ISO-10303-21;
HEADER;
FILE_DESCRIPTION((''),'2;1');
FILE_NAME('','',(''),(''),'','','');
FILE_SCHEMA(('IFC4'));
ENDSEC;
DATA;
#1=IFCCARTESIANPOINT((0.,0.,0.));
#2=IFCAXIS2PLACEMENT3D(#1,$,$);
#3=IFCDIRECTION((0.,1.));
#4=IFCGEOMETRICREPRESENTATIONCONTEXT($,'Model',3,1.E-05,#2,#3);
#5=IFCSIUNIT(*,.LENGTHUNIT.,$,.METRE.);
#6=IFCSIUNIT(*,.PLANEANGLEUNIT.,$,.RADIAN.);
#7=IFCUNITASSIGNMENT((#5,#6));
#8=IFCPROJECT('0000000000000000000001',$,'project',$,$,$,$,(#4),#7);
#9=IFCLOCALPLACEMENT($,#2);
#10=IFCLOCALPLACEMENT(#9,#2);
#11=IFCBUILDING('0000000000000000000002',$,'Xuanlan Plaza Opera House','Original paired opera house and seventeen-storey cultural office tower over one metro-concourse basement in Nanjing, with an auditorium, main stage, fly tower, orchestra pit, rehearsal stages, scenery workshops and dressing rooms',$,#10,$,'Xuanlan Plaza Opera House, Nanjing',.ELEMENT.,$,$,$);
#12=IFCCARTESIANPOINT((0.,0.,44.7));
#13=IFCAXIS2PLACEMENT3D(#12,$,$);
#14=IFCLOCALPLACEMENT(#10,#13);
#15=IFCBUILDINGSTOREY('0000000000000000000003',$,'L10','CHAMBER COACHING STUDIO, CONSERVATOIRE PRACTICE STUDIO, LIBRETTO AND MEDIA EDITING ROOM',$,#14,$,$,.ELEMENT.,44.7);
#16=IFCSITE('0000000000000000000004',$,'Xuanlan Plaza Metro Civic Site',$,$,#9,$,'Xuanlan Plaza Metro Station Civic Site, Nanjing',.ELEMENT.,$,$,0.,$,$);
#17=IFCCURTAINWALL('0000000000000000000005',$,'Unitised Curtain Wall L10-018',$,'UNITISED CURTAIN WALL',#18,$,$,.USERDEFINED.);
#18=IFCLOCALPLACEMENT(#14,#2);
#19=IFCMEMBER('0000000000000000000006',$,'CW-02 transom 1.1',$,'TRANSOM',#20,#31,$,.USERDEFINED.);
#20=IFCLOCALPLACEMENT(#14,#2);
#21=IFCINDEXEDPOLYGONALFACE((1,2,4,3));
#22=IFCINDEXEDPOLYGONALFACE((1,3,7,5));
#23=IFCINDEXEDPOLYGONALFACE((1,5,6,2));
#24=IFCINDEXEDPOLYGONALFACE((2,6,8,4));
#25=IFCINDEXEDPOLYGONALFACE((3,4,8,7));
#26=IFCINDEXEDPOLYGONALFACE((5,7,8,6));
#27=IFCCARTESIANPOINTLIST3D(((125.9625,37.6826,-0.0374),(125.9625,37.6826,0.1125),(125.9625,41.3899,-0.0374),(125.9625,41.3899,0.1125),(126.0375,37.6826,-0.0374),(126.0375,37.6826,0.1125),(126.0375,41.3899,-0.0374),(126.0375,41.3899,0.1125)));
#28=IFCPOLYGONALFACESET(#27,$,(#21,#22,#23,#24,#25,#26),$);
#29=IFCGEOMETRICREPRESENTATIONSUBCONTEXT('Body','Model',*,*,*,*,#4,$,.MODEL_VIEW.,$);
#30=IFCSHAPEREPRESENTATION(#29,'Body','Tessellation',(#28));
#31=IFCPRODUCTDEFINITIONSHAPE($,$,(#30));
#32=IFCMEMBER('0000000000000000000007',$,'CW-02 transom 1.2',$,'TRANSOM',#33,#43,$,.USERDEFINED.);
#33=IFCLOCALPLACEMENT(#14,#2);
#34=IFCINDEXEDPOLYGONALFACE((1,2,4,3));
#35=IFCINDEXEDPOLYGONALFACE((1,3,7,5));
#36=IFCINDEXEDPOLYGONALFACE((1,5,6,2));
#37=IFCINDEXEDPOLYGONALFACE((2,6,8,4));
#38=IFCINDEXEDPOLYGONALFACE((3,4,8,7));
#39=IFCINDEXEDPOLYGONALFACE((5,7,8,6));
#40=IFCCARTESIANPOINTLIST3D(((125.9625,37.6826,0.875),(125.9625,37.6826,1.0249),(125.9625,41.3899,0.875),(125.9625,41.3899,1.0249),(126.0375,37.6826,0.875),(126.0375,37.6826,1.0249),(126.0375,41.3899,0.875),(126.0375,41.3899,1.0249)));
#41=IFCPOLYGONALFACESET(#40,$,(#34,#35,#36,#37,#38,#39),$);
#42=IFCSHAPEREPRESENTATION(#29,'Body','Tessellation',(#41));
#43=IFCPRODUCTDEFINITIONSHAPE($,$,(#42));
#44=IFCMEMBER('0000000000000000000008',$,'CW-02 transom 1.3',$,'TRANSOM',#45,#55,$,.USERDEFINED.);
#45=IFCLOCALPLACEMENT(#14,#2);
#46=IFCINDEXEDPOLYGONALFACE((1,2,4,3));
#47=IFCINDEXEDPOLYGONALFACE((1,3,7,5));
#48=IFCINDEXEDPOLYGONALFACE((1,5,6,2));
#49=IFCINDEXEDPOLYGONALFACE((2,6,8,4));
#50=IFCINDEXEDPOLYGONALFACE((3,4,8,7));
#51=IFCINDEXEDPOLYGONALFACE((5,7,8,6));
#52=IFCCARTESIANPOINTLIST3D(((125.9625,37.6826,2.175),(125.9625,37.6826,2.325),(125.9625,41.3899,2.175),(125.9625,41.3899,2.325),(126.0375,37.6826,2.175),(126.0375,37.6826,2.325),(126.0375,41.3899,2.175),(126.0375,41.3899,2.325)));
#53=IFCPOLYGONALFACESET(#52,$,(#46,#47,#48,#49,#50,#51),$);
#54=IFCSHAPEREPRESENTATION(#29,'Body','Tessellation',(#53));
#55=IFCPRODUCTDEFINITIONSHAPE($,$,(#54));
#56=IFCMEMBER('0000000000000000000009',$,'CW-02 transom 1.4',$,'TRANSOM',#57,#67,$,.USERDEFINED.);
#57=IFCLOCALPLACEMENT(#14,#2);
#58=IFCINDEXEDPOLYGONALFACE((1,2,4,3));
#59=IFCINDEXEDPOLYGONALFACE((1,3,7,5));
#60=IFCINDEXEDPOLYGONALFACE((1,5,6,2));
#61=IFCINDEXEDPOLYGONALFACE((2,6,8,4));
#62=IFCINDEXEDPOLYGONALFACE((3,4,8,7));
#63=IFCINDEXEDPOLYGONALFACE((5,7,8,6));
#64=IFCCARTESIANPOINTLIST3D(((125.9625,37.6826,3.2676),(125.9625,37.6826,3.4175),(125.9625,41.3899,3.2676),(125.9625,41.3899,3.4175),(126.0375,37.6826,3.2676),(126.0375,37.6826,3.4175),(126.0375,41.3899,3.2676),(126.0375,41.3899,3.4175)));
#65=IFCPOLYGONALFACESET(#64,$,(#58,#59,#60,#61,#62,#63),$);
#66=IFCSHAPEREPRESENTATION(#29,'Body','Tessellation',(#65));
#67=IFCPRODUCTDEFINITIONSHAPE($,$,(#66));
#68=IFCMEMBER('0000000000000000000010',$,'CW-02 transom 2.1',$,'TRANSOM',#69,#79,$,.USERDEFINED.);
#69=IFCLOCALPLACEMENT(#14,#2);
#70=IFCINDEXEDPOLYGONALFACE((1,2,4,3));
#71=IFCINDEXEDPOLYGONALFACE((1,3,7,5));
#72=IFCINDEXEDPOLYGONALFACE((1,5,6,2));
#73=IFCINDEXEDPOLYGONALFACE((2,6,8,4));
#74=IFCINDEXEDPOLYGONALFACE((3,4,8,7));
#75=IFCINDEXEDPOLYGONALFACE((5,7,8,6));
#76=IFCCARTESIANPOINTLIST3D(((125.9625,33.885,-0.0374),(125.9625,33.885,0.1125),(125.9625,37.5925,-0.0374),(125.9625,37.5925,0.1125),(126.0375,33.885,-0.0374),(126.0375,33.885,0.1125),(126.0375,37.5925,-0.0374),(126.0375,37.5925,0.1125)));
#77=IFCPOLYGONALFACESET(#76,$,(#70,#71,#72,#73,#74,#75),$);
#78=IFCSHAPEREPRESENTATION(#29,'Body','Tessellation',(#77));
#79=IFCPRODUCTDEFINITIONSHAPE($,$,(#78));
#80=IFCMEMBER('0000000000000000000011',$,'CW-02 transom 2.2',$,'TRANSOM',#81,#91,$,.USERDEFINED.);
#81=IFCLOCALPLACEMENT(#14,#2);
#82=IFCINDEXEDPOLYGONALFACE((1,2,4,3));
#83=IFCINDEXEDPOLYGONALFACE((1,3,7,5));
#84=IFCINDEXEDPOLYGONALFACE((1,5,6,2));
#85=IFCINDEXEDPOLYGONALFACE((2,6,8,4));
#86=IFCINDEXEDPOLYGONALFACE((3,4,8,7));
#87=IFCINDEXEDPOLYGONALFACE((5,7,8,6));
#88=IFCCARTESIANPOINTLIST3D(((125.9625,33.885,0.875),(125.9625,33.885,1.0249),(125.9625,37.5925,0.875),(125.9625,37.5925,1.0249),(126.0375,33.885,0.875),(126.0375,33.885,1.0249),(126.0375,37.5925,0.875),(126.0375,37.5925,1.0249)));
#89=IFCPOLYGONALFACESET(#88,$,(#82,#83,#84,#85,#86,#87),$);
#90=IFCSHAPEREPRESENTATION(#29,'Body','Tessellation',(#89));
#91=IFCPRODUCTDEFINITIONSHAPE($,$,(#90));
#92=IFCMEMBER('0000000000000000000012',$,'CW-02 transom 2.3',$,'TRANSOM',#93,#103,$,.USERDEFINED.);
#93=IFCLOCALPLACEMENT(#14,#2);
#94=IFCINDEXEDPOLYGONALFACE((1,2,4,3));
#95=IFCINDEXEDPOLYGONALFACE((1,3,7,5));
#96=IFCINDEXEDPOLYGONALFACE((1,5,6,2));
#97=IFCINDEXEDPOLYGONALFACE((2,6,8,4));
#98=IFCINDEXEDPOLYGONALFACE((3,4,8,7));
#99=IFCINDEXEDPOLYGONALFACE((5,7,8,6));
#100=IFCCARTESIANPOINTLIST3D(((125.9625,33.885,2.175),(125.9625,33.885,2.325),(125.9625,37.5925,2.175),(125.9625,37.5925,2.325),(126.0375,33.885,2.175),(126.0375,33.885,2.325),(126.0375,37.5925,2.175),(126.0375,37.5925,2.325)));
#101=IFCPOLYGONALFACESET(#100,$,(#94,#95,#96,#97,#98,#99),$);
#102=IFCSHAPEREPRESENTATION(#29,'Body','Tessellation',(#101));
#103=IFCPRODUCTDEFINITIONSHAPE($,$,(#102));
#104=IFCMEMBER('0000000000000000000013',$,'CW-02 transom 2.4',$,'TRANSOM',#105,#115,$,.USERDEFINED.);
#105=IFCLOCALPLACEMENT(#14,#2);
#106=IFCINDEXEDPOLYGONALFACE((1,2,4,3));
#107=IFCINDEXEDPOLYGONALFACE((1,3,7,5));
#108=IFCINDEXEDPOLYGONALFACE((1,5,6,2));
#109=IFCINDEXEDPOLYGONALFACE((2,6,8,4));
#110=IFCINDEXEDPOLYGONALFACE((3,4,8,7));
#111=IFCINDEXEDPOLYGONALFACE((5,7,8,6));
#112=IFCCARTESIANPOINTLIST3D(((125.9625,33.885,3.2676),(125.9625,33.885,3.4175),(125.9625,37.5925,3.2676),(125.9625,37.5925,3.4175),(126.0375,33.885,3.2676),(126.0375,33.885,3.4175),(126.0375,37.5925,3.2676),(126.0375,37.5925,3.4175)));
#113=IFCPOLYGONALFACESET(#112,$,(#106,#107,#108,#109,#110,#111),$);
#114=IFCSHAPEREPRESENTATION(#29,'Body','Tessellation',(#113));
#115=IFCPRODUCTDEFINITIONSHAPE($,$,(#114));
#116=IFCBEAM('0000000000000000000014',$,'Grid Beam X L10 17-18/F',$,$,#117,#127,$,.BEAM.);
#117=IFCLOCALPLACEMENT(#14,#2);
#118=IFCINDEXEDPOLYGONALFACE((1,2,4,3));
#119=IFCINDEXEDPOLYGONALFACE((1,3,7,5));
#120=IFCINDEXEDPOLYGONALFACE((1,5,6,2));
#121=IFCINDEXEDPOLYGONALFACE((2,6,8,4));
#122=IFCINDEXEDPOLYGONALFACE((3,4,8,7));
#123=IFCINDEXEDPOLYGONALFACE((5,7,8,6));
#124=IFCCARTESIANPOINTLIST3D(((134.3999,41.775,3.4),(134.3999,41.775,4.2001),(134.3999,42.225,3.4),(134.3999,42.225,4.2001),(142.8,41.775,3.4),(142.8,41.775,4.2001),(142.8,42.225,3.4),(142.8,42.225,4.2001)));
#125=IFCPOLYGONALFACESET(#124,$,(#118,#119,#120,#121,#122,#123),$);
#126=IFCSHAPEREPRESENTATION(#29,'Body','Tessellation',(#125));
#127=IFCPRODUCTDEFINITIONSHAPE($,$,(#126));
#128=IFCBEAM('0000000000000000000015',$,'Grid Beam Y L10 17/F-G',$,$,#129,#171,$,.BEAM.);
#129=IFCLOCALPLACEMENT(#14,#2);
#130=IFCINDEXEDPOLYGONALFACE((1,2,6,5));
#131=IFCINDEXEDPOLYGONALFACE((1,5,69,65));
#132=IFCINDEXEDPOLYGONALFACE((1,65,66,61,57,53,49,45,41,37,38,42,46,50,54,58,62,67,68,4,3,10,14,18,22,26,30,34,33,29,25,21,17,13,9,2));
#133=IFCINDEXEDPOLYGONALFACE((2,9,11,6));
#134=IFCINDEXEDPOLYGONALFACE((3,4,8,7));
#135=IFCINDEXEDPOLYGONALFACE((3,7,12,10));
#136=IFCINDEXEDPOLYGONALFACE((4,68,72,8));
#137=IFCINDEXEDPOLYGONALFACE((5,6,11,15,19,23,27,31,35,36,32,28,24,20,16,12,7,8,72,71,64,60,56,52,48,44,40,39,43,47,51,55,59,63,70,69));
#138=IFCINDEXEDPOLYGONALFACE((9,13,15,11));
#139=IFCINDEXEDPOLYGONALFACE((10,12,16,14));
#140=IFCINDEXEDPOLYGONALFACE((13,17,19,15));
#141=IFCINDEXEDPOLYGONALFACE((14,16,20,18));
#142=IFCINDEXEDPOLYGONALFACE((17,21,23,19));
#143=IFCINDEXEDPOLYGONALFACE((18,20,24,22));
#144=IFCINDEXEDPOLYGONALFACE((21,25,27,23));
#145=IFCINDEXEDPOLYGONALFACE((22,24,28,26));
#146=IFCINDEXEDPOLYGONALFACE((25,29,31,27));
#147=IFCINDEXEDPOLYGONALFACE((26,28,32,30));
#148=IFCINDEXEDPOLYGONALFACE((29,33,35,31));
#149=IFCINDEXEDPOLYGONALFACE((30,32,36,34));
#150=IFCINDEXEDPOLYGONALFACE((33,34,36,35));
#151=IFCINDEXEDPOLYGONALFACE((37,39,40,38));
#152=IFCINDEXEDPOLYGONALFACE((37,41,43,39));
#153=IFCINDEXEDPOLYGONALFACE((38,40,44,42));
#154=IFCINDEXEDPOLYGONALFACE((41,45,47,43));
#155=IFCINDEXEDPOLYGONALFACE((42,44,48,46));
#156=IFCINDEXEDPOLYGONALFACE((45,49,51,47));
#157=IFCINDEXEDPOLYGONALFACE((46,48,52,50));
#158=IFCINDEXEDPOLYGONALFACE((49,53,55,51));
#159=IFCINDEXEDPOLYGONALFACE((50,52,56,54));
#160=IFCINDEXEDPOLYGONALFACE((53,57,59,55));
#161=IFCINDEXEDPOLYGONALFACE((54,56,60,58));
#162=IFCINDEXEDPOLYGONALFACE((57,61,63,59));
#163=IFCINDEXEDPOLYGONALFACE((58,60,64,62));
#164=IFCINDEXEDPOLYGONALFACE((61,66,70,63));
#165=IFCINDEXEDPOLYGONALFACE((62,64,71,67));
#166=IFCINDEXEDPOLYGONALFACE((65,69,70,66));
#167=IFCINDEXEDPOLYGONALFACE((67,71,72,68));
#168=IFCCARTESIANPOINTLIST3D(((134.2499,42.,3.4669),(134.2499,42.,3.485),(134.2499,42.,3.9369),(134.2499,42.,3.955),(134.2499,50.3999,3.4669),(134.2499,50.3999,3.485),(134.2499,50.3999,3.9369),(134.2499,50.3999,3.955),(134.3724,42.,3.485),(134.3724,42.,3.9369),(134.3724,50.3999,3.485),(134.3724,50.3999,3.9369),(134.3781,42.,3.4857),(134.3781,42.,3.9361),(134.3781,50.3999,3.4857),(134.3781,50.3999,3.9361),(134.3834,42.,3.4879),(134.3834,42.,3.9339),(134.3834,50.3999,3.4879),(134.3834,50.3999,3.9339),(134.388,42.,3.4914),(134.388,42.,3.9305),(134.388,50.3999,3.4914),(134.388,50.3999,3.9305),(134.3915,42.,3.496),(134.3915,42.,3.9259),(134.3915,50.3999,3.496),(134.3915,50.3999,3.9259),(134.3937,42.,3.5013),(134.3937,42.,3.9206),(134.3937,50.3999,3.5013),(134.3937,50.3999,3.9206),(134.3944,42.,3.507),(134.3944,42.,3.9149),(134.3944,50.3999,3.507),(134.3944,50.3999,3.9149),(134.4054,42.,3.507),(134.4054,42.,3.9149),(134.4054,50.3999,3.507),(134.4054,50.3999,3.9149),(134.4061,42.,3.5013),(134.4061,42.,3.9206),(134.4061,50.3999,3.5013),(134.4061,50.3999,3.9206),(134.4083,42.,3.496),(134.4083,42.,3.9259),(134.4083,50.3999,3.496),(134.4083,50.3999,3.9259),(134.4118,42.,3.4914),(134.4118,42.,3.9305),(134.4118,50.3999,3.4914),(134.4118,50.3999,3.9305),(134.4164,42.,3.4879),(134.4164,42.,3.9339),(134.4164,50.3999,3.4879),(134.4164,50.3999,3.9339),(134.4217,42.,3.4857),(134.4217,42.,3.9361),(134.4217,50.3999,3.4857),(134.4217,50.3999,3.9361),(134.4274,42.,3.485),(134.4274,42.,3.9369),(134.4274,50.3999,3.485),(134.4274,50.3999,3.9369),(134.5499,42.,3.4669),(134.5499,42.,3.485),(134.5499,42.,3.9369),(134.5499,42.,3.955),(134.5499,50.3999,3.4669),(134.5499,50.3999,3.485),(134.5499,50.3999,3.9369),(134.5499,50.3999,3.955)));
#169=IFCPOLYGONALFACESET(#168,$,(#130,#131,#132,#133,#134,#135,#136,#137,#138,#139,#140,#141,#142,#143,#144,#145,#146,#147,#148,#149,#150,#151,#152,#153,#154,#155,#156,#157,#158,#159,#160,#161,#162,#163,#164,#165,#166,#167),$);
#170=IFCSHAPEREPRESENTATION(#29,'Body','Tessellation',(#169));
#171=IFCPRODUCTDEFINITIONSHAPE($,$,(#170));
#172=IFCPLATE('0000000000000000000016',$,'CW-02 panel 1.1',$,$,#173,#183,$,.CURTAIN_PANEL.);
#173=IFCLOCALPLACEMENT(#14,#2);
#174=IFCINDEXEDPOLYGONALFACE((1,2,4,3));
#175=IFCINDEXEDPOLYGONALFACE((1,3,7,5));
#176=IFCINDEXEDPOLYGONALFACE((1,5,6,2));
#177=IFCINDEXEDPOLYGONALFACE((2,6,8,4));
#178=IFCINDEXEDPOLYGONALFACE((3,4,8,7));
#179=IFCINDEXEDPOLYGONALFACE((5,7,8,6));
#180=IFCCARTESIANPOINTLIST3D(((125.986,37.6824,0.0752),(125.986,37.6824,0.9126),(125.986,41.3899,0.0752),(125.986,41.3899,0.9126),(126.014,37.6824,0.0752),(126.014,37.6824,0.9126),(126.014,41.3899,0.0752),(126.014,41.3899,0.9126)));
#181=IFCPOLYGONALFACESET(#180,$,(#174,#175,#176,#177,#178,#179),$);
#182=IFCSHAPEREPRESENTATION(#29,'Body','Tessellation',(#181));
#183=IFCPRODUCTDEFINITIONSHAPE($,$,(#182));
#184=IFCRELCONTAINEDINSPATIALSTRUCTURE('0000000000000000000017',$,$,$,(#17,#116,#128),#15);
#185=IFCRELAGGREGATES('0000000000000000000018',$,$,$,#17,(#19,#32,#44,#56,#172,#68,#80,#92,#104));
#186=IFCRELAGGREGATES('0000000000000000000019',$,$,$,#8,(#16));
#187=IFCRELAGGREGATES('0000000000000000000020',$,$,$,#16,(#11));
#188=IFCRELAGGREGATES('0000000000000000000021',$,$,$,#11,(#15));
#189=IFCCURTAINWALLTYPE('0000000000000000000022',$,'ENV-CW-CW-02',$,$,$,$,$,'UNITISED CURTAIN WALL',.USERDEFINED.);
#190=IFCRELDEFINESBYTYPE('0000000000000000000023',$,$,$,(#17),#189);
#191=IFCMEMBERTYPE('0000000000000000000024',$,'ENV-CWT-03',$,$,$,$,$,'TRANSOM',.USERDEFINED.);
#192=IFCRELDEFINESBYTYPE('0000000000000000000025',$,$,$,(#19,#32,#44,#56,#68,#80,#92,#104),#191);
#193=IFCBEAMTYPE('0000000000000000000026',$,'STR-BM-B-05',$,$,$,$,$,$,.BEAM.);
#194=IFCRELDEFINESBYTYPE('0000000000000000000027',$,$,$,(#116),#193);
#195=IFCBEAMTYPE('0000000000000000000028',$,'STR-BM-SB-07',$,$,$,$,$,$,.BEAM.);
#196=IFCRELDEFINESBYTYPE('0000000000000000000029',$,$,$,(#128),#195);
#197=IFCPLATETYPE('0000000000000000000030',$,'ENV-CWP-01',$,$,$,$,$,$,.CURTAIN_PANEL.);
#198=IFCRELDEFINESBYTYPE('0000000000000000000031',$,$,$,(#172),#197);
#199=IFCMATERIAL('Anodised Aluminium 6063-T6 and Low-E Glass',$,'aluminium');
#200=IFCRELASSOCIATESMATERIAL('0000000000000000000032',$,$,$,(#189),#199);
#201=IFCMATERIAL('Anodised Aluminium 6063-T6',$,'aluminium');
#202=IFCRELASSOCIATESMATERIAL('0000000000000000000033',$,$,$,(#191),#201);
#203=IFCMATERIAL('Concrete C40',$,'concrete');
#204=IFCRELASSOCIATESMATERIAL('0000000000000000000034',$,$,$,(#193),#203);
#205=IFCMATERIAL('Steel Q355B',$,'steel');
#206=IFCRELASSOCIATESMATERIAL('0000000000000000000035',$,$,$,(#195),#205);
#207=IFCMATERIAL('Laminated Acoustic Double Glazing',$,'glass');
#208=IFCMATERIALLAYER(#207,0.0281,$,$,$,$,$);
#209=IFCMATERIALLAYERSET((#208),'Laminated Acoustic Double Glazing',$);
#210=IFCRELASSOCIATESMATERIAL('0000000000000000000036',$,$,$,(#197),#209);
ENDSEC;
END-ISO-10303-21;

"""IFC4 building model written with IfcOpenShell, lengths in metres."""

from ifc_helpers import new_model, si_unit, direction, frame, origin, origin_2d, place, context, subcontext, project, spatial, rectangle, i_section, extrude, material, layer, layer_set, material_profile, profile_set, type_object, element, aggregate, save


model = new_model("IFC4")

# Units and contexts
model_context = context("Model", 3, precision=1e-05, world=origin(), true_north=direction((0.0, 1.0)))
body_context = subcontext(model_context, "Body", "Model", "MODEL_VIEW")
ifc_project = project(units=[si_unit("LENGTHUNIT", "METRE"), si_unit("PLANEANGLEUNIT", "RADIAN")], contexts=[model_context])

# Site, building, storey
site_placement = place(None, origin())
site = spatial("IfcSite", under=ifc_project, at=site_placement, Name="Xuanlan Plaza Metro Civic Site", LongName="Xuanlan Plaza Metro Station Civic Site, Nanjing", CompositionType="ELEMENT", RefElevation=0.0)
building_placement = place(site_placement, origin())
building = spatial("IfcBuilding", under=site, at=building_placement, Name="Xuanlan Plaza Opera House", Description="Original paired opera house and seventeen-storey cultural office tower over one metro-concourse basement in Nanjing, with an auditorium, main stage, fly tower, orchestra pit, rehearsal stages, scenery workshops and dressing rooms", LongName="Xuanlan Plaza Opera House, Nanjing", CompositionType="ELEMENT")
storey_placement = place(building_placement, frame((0.0, 0.0, 44.7)))
storey = spatial("IfcBuildingStorey", under=building, at=storey_placement, Name="L10", Description="CHAMBER COACHING STUDIO, CONSERVATOIRE PRACTICE STUDIO, LIBRETTO AND MEDIA EDITING ROOM", CompositionType="ELEMENT", Elevation=44.7)

# Shared definitions
ifc_material_1 = material(Name="Steel Q355B", Category="steel")

# Curtain wall
ifc_material_2 = material(Name="Anodised Aluminium 6063-T6 and Low-E Glass", Category="aluminium")
ifc_material_3 = material(Name="Anodised Aluminium 6063-T6", Category="aluminium")
curtain_wall_type_1 = type_object("IfcCurtainWallType", Name="ENV-CW-CW-02", ElementType="UNITISED CURTAIN WALL", PredefinedType="USERDEFINED", material=ifc_material_2)
curtain_wall_1_placement = place(storey_placement, origin())
curtain_wall_1 = element("IfcCurtainWall", 1, at=curtain_wall_1_placement, inside=storey, type_object=curtain_wall_type_1, Name="Unitised Curtain Wall L10-018", ObjectType="UNITISED CURTAIN WALL", PredefinedType="USERDEFINED")

# Members
ifc_material_profile_1 = material_profile(ifc_material_3, rectangle(XDim=0.075, YDim=0.1499, at=origin_2d()), Name="ALU-T 75x150")
ifc_profile_set_1 = profile_set([ifc_material_profile_1], Name="Anodised Aluminium 6063-T6")
member_type_1 = type_object("IfcMemberType", Name="ENV-CWT-03", ElementType="TRANSOM", PredefinedType="USERDEFINED", material=ifc_profile_set_1)
member_1_placement = place(storey_placement, frame((126.0, 41.3899, 0.0376), z_axis=(0.0, -1.0, 0.0), x_axis=(1.0, 0.0, 0.0)))
member_1 = element("IfcMember", 2, at=member_1_placement, type_object=member_type_1, Name="CW-02 transom 1.1", ObjectType="TRANSOM", PredefinedType="USERDEFINED", context=body_context, shape_type="SweptSolid", body=[
    extrude(rectangle(XDim=0.075, YDim=0.1499, at=origin_2d()), origin(), (0.0, 0.0, 1.0), 3.7073),
])
member_2_placement = place(storey_placement, frame((126.0, 41.3899, 0.95), z_axis=(0.0, -1.0, 0.0), x_axis=(1.0, 0.0, 0.0)))
member_2 = element("IfcMember", 3, at=member_2_placement, type_object=member_type_1, Name="CW-02 transom 1.2", ObjectType="TRANSOM", PredefinedType="USERDEFINED", context=body_context, shape_type="SweptSolid", body=[
    extrude(rectangle(XDim=0.075, YDim=0.1499, at=origin_2d()), origin(), (0.0, 0.0, 1.0), 3.7073),
])
member_3_placement = place(storey_placement, frame((126.0, 41.3899, 2.25), z_axis=(0.0, -1.0, 0.0), x_axis=(1.0, 0.0, 0.0)))
member_3 = element("IfcMember", 4, at=member_3_placement, type_object=member_type_1, Name="CW-02 transom 1.3", ObjectType="TRANSOM", PredefinedType="USERDEFINED", context=body_context, shape_type="SweptSolid", body=[
    extrude(rectangle(XDim=0.075, YDim=0.1499, at=origin_2d()), origin(), (0.0, 0.0, 1.0), 3.7073),
])
member_4_placement = place(storey_placement, frame((126.0, 41.3899, 3.3425), z_axis=(0.0, -1.0, 0.0), x_axis=(1.0, 0.0, 0.0)))
member_4 = element("IfcMember", 5, at=member_4_placement, type_object=member_type_1, Name="CW-02 transom 1.4", ObjectType="TRANSOM", PredefinedType="USERDEFINED", context=body_context, shape_type="SweptSolid", body=[
    extrude(rectangle(XDim=0.075, YDim=0.1499, at=origin_2d()), origin(), (0.0, 0.0, 1.0), 3.7073),
])
member_5_placement = place(storey_placement, frame((126.0, 37.5925, 0.0376), z_axis=(0.0, -1.0, 0.0), x_axis=(1.0, 0.0, 0.0)))
member_5 = element("IfcMember", 6, at=member_5_placement, type_object=member_type_1, Name="CW-02 transom 2.1", ObjectType="TRANSOM", PredefinedType="USERDEFINED", context=body_context, shape_type="SweptSolid", body=[
    extrude(rectangle(XDim=0.075, YDim=0.1499, at=origin_2d()), origin(), (0.0, 0.0, 1.0), 3.7075),
])
member_6_placement = place(storey_placement, frame((126.0, 37.5925, 0.95), z_axis=(0.0, -1.0, 0.0), x_axis=(1.0, 0.0, 0.0)))
member_6 = element("IfcMember", 7, at=member_6_placement, type_object=member_type_1, Name="CW-02 transom 2.2", ObjectType="TRANSOM", PredefinedType="USERDEFINED", context=body_context, shape_type="SweptSolid", body=[
    extrude(rectangle(XDim=0.075, YDim=0.1499, at=origin_2d()), origin(), (0.0, 0.0, 1.0), 3.7075),
])
member_7_placement = place(storey_placement, frame((126.0, 37.5925, 2.25), z_axis=(0.0, -1.0, 0.0), x_axis=(1.0, 0.0, 0.0)))
member_7 = element("IfcMember", 8, at=member_7_placement, type_object=member_type_1, Name="CW-02 transom 2.3", ObjectType="TRANSOM", PredefinedType="USERDEFINED", context=body_context, shape_type="SweptSolid", body=[
    extrude(rectangle(XDim=0.075, YDim=0.1499, at=origin_2d()), origin(), (0.0, 0.0, 1.0), 3.7075),
])
member_8_placement = place(storey_placement, frame((126.0, 37.5925, 3.3425), z_axis=(0.0, -1.0, 0.0), x_axis=(1.0, 0.0, 0.0)))
member_8 = element("IfcMember", 9, at=member_8_placement, type_object=member_type_1, Name="CW-02 transom 2.4", ObjectType="TRANSOM", PredefinedType="USERDEFINED", context=body_context, shape_type="SweptSolid", body=[
    extrude(rectangle(XDim=0.075, YDim=0.1499, at=origin_2d()), origin(), (0.0, 0.0, 1.0), 3.7075),
])

# Beams
ifc_material_4 = material(Name="Concrete C40", Category="concrete")
ifc_material_profile_2 = material_profile(ifc_material_4, rectangle(XDim=0.45, YDim=0.8, at=origin_2d()), Name="RC-BM 450x800")
ifc_profile_set_2 = profile_set([ifc_material_profile_2], Name="Concrete C40")
beam_type_1 = type_object("IfcBeamType", Name="STR-BM-B-05", PredefinedType="BEAM", material=ifc_profile_set_2)
beam_1_placement = place(storey_placement, frame((134.3999, 42.0, 3.8), z_axis=(1.0, 0.0, 0.0), x_axis=(0.0, 1.0, 0.0)))
element("IfcBeam", 10, at=beam_1_placement, inside=storey, type_object=beam_type_1, Name="Grid Beam X L10 17-18/F", PredefinedType="BEAM", context=body_context, shape_type="SweptSolid", body=[
    extrude(rectangle(XDim=0.45, YDim=0.8, at=origin_2d()), origin(), (0.0, 0.0, 1.0), 8.4001),
])
ifc_material_profile_3 = material_profile(ifc_material_1, i_section(OverallWidth=0.3, OverallDepth=0.488, WebThickness=0.011, FlangeThickness=0.0181, FilletRadius=0.022, at=origin_2d()), Name="HM 488x300x11x18")
ifc_profile_set_3 = profile_set([ifc_material_profile_3], Name="Steel Q355B")
beam_type_2 = type_object("IfcBeamType", Name="STR-BM-SB-07", PredefinedType="BEAM", material=ifc_profile_set_3)
beam_2_placement = place(storey_placement, frame((134.3999, 42.0, 3.7109), z_axis=(0.0, 1.0, 0.0), x_axis=(-1.0, 0.0, 0.0)))
element("IfcBeam", 11, at=beam_2_placement, inside=storey, type_object=beam_type_2, Name="Grid Beam Y L10 17/F-G", PredefinedType="BEAM", context=body_context, shape_type="SweptSolid", body=[
    extrude(i_section(OverallWidth=0.3, OverallDepth=0.488, WebThickness=0.011, FlangeThickness=0.0181, FilletRadius=0.022, at=origin_2d()), origin(), (0.0, 0.0, 1.0), 8.3999),
])

# Plate
ifc_material_5 = material(Name="Laminated Acoustic Double Glazing", Category="glass")
ifc_layer_1 = layer(ifc_material_5, 0.0281)
ifc_layer_set_1 = layer_set([ifc_layer_1], Name="Laminated Acoustic Double Glazing")
plate_type_1 = type_object("IfcPlateType", Name="ENV-CWP-01", PredefinedType="CURTAIN_PANEL", material=ifc_layer_set_1)
plate_1_placement = place(storey_placement, frame((126.0, 39.5361, 0.0752), z_axis=(0.0, 0.0, 1.0), x_axis=(0.0, -1.0, 0.0)))
plate_1 = element("IfcPlate", 12, at=plate_1_placement, type_object=plate_type_1, Name="CW-02 panel 1.1", PredefinedType="CURTAIN_PANEL", context=body_context, shape_type="SweptSolid", body=[
    extrude(rectangle(XDim=3.7075, YDim=0.0281, at=origin_2d()), origin(), (0.0, 0.0, 1.0), 0.8374),
])
aggregate(curtain_wall_1, [member_1, member_2, member_3, member_4, plate_1, member_5, member_6, member_7, member_8])

save(model, "model.ifc")
